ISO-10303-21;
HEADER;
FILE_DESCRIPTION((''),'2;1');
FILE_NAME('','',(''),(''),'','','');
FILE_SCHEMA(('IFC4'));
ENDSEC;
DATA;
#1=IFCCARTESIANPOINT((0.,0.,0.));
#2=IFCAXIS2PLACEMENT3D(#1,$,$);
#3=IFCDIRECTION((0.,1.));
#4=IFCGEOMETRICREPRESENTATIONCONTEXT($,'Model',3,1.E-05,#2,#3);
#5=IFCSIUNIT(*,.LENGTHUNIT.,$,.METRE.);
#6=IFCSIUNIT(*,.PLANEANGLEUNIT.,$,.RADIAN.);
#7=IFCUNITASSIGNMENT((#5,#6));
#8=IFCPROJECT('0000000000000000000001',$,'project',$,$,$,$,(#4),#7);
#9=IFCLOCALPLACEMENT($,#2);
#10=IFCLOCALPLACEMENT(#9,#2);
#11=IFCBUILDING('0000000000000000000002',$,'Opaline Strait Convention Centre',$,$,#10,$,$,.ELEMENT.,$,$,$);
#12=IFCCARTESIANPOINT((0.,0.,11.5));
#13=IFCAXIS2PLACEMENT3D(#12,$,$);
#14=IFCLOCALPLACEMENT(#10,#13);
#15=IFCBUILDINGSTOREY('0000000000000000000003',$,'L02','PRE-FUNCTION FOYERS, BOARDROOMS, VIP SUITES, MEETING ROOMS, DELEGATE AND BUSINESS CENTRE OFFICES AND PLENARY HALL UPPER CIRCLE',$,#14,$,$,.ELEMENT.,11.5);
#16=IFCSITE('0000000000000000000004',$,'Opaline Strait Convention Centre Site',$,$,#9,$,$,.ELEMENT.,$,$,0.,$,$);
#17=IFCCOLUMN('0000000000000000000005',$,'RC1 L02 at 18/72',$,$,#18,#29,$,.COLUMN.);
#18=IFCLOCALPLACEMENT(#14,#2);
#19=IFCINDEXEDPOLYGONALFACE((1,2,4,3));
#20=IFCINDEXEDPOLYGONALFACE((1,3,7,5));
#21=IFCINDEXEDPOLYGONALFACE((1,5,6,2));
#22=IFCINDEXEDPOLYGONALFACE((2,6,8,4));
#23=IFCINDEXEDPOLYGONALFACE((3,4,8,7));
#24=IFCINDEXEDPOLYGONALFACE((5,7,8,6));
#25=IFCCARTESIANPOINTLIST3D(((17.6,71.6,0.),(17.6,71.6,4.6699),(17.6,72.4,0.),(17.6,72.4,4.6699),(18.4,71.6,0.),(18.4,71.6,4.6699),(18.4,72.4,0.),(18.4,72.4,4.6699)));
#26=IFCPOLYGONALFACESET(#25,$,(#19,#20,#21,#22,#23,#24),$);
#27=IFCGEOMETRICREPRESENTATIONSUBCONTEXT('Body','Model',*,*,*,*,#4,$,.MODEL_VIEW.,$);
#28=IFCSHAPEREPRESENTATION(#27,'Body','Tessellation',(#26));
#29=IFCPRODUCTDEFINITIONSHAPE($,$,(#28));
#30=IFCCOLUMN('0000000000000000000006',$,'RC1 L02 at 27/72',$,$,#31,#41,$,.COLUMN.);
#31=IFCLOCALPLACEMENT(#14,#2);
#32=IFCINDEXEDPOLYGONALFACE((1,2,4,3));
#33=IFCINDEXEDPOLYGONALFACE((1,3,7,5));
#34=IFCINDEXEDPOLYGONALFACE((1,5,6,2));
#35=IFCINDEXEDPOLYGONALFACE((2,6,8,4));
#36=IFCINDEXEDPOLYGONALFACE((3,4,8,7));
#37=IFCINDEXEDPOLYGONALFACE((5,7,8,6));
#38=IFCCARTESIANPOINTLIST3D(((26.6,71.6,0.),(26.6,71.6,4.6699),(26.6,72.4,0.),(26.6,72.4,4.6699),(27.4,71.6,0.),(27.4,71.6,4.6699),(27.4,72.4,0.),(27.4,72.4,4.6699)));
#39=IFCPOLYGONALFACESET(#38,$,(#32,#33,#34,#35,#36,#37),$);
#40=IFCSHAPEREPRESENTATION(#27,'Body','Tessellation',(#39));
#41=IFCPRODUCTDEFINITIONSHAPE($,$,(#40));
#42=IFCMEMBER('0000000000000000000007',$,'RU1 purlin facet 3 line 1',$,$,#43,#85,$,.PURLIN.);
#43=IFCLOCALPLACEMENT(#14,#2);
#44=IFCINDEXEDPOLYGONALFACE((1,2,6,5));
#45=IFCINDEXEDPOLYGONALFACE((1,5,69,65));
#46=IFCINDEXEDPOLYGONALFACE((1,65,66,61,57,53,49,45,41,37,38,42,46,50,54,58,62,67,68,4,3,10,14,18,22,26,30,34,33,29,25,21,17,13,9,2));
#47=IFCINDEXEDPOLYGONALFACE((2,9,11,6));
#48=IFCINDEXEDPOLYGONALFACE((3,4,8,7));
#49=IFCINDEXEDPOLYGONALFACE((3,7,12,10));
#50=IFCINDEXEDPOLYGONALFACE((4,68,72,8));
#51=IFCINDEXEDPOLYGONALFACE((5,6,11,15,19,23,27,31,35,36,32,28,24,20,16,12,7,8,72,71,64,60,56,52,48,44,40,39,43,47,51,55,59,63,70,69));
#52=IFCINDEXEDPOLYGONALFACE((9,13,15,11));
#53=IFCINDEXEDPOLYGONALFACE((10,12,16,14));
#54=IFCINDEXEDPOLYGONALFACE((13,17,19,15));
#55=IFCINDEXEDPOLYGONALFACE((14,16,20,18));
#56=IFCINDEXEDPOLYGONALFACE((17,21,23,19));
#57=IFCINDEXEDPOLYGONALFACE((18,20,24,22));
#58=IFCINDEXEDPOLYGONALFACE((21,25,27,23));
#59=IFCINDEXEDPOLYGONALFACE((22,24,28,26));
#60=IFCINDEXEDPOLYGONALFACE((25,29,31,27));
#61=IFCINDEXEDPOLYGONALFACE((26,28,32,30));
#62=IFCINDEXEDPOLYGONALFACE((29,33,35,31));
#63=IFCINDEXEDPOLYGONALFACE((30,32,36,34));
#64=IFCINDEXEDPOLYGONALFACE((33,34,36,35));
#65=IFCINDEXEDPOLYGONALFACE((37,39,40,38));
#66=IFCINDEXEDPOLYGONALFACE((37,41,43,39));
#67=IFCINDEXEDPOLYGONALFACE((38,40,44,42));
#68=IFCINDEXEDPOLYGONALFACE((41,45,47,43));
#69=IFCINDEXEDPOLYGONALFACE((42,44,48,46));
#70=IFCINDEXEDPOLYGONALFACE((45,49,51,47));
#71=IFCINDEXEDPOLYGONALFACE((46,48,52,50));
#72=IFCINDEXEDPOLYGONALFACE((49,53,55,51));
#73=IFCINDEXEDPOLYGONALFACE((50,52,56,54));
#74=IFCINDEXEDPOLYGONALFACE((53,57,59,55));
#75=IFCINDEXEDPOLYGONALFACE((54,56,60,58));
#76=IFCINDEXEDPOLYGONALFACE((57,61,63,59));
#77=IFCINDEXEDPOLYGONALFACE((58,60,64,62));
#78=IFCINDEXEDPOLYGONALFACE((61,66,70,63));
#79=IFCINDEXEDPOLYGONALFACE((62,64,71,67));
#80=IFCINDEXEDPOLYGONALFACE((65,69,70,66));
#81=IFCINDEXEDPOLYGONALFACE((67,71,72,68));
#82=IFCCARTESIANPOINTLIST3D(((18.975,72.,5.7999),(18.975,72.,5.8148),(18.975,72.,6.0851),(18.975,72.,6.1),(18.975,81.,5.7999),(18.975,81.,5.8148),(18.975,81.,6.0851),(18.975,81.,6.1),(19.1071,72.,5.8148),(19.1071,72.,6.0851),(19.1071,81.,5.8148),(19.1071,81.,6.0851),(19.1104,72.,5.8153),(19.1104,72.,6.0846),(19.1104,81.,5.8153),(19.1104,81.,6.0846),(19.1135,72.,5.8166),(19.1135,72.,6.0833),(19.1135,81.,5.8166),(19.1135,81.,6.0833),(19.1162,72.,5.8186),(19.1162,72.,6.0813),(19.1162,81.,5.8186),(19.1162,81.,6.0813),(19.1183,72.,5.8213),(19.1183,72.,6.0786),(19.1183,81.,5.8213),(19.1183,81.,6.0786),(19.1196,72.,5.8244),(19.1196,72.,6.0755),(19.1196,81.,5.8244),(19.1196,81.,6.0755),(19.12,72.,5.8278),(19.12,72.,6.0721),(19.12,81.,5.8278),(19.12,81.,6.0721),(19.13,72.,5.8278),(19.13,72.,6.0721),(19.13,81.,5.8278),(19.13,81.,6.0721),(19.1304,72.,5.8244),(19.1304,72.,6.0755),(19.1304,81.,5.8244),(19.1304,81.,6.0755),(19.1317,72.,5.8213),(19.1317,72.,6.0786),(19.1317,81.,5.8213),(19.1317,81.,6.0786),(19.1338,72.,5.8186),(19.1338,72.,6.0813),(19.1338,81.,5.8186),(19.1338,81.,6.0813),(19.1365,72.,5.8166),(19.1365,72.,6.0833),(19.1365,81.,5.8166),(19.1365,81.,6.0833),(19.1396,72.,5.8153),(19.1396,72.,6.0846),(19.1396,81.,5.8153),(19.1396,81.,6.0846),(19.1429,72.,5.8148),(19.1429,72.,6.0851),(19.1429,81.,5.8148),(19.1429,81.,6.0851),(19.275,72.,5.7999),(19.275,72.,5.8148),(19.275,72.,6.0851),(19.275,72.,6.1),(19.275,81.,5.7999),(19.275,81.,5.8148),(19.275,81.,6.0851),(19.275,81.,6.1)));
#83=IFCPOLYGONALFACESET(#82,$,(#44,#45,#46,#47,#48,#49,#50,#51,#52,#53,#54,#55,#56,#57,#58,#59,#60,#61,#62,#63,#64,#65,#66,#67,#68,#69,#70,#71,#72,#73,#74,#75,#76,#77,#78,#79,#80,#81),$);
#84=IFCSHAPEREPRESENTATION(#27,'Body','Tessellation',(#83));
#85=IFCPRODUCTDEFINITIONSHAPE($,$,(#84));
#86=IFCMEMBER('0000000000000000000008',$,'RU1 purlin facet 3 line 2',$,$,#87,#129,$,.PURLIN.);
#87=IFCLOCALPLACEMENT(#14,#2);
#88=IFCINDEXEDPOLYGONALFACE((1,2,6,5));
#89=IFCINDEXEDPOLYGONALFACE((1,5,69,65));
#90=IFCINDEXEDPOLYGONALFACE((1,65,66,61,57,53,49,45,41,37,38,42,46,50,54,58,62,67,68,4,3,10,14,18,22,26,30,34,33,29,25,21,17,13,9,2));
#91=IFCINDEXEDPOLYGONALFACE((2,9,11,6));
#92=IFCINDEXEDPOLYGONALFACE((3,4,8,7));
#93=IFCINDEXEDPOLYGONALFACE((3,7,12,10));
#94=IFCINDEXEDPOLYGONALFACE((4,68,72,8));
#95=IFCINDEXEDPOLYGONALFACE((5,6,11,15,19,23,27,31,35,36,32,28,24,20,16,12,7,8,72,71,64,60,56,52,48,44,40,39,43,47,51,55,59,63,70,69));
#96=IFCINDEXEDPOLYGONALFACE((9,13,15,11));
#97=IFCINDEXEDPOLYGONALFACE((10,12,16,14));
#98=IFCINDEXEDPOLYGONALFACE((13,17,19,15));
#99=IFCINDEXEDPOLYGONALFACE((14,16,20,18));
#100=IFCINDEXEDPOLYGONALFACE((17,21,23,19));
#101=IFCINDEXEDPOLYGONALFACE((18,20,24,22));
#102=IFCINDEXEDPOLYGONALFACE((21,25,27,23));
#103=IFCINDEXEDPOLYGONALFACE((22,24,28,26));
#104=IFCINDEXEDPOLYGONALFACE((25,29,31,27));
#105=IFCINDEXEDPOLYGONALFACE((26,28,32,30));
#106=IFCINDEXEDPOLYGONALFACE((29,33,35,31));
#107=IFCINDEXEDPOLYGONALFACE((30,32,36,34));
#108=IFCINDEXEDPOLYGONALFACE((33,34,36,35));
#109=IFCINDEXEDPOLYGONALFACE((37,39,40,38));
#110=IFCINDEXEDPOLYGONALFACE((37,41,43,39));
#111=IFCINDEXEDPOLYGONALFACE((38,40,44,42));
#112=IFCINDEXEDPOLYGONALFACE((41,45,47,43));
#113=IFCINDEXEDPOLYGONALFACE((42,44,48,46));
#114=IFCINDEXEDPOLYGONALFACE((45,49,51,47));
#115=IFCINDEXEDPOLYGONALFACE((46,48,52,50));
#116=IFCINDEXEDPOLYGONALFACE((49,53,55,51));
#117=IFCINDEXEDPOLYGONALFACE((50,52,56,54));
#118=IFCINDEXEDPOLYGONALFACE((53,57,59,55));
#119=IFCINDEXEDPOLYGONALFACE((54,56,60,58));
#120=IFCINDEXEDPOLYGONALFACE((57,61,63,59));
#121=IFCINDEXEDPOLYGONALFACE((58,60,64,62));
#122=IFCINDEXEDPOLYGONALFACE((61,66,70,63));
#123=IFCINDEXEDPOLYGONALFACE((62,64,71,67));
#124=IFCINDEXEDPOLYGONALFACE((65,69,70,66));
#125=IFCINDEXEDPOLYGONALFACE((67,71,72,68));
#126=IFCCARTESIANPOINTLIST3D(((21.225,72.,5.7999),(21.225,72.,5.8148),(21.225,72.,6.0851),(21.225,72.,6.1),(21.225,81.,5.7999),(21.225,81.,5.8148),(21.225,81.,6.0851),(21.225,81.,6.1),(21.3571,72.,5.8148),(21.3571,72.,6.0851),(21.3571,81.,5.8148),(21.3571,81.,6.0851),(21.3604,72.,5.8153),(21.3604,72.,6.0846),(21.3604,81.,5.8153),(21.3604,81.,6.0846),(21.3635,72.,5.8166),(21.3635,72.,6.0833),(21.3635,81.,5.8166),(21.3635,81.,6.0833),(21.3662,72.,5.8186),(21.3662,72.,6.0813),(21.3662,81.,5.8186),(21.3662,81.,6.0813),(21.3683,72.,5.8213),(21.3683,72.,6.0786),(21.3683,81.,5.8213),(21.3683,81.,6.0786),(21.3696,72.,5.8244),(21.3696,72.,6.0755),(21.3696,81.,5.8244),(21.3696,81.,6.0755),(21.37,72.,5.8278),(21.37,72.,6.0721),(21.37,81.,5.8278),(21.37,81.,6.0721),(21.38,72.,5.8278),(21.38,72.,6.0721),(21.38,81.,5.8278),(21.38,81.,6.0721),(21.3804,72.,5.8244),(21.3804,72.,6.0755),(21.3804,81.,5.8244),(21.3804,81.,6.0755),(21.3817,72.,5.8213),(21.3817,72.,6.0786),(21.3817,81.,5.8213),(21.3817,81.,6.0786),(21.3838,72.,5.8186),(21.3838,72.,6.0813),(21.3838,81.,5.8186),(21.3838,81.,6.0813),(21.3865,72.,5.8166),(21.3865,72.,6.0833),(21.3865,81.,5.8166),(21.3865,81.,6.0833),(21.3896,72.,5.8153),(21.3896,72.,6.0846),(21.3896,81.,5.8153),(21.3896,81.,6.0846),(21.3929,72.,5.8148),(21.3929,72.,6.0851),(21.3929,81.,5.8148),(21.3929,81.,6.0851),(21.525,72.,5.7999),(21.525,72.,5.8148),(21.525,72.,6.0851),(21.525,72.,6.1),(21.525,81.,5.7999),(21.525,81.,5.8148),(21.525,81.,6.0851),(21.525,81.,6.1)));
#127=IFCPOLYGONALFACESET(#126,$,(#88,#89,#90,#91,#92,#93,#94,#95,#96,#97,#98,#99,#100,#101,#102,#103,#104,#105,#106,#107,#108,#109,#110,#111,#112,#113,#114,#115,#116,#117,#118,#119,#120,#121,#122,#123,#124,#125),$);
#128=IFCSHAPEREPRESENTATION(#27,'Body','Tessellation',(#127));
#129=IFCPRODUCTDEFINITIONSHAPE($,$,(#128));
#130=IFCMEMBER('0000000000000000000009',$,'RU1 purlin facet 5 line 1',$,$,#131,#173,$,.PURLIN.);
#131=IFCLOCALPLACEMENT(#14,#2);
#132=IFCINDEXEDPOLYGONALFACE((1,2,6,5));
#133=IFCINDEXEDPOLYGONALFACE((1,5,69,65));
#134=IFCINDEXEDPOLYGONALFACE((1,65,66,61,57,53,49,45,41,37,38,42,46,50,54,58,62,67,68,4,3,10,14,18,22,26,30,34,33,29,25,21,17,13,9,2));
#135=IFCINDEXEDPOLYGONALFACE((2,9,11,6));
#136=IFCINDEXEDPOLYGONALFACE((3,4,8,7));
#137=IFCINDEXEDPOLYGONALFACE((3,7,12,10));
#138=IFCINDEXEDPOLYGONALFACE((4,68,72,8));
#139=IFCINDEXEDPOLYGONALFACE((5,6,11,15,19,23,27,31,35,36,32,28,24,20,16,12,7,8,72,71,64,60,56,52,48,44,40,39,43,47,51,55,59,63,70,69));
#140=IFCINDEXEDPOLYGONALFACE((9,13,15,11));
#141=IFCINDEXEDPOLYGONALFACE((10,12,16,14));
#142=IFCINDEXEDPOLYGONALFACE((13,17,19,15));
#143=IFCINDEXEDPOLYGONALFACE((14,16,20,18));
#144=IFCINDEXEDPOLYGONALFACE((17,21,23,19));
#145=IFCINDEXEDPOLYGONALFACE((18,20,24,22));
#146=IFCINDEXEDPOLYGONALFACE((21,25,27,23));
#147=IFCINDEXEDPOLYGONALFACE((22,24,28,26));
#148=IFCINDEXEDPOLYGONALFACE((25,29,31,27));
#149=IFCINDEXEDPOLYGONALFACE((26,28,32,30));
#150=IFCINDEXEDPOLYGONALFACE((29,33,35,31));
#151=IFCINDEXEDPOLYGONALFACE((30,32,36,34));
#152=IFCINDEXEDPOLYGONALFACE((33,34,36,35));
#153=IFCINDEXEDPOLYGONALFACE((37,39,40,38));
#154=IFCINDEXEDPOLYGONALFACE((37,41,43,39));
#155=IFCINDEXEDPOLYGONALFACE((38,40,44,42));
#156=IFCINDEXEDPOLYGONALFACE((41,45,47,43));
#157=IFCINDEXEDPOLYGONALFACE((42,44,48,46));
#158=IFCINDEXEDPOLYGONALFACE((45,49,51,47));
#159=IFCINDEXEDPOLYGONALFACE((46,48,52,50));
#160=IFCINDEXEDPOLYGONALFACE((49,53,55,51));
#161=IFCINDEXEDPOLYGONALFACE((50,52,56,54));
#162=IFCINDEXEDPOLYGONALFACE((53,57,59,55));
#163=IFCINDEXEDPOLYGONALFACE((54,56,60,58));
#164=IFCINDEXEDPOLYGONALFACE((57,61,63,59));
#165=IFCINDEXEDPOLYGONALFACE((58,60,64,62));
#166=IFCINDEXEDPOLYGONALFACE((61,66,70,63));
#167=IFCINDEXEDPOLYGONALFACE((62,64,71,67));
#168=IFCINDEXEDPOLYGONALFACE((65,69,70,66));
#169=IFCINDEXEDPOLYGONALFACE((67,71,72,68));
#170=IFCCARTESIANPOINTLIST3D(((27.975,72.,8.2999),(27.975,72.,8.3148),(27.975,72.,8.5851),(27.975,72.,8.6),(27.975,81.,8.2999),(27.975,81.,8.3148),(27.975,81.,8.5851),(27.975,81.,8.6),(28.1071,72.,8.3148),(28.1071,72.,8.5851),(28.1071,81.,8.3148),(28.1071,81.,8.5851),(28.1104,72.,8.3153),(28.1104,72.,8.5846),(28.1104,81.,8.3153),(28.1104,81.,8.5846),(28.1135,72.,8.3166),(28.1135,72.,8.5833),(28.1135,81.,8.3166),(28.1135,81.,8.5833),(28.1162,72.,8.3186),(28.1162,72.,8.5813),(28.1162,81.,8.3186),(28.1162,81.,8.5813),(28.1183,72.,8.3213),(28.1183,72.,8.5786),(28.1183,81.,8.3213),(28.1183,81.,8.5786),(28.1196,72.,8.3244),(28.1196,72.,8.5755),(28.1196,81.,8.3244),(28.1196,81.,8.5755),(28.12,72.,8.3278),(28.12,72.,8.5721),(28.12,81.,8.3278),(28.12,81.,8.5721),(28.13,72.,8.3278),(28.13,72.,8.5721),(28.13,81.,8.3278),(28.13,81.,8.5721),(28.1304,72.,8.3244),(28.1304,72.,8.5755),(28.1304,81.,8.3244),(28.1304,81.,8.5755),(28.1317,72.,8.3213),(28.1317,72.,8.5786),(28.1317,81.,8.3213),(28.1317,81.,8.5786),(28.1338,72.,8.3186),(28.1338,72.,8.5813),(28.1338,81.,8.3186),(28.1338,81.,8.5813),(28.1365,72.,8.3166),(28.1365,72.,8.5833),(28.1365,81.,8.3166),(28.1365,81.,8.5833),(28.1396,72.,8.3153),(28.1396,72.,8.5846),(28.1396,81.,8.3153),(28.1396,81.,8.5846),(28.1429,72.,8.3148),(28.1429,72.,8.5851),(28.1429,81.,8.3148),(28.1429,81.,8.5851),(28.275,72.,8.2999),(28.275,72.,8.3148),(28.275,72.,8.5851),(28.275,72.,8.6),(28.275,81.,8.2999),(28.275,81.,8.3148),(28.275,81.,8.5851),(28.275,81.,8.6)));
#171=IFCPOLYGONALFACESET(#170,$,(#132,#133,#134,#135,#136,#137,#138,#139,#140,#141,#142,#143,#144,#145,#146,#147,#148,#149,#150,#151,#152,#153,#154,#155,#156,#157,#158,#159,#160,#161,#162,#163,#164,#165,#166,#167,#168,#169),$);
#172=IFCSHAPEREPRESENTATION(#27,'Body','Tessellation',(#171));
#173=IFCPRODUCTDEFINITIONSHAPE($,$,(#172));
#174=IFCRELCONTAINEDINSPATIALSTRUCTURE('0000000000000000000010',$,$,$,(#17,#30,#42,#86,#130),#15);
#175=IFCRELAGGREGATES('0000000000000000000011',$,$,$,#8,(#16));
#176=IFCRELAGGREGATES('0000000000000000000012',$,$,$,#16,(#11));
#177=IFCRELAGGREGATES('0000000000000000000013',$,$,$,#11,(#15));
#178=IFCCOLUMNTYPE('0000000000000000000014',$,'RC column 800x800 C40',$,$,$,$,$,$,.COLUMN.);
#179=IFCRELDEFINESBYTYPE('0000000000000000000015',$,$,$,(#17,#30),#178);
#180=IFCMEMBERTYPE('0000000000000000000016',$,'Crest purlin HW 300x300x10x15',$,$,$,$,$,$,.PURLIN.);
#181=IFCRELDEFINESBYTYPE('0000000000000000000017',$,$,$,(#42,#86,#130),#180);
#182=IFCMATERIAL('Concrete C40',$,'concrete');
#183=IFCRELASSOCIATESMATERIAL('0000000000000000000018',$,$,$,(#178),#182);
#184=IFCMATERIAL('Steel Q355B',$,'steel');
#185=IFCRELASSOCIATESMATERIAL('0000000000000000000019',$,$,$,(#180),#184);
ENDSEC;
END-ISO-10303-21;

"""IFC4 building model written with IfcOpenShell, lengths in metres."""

from ifc_helpers import new_model, si_unit, direction, frame, origin, origin_2d, place, context, subcontext, project, spatial, rectangle, i_section, extrude, material, material_profile, profile_set, type_object, element, save


model = new_model("IFC4")

# Units and contexts
model_context = context("Model", 3, precision=1e-05, world=origin(), true_north=direction((0.0, 1.0)))
body_context = subcontext(model_context, "Body", "Model", "MODEL_VIEW")
ifc_project = project(units=[si_unit("LENGTHUNIT", "METRE"), si_unit("PLANEANGLEUNIT", "RADIAN")], contexts=[model_context])

# Site, building, storey
site_placement = place(None, origin())
site = spatial("IfcSite", under=ifc_project, at=site_placement, Name="Opaline Strait Convention Centre Site", CompositionType="ELEMENT", RefElevation=0.0)
building_placement = place(site_placement, origin())
building = spatial("IfcBuilding", under=site, at=building_placement, Name="Opaline Strait Convention Centre", CompositionType="ELEMENT")
storey_placement = place(building_placement, frame((0.0, 0.0, 11.5)))
storey = spatial("IfcBuildingStorey", under=building, at=storey_placement, Name="L02", Description="PRE-FUNCTION FOYERS, BOARDROOMS, VIP SUITES, MEETING ROOMS, DELEGATE AND BUSINESS CENTRE OFFICES AND PLENARY HALL UPPER CIRCLE", CompositionType="ELEMENT", Elevation=11.5)

# Columns
ifc_material_1 = material(Name="Concrete C40", Category="concrete")
ifc_material_profile_1 = material_profile(ifc_material_1, rectangle(XDim=0.8, YDim=0.8, at=origin_2d()), Name="RC 800x800")
ifc_profile_set_1 = profile_set([ifc_material_profile_1], Name="Concrete C40")
column_type = type_object("IfcColumnType", Name="RC column 800x800 C40", PredefinedType="COLUMN", material=ifc_profile_set_1)
for number, where, z_axis, x_axis, name in (
    (1, (18.0, 72.0, 0.0), (0.0, 0.0, 1.0), (1.0, 0.0, 0.0), "RC1 L02 at 18/72"),
    (2, (27.0, 72.0, 0.0), (0.0, 0.0, 1.0), (1.0, 0.0, 0.0), "RC1 L02 at 27/72"),
):
    element("IfcColumn", number, at=place(storey_placement, frame(where, z_axis=z_axis, x_axis=x_axis)), inside=storey, type_object=column_type, Name=name, PredefinedType="COLUMN", context=body_context, shape_type="SweptSolid", body=[
        extrude(rectangle(XDim=0.8, YDim=0.8, at=origin_2d()), origin(), (0.0, 0.0, 1.0), 4.6699),
    ])

# Members
ifc_material_2 = material(Name="Steel Q355B", Category="steel")
ifc_material_profile_2 = material_profile(ifc_material_2, i_section(OverallWidth=0.3, OverallDepth=0.3, WebThickness=0.01, FlangeThickness=0.0149, FilletRadius=0.0129, at=origin_2d()), Name="HW 300x300x10x15")
ifc_profile_set_2 = profile_set([ifc_material_profile_2], Name="Steel Q355B")
member_type_1 = type_object("IfcMemberType", Name="Crest purlin HW 300x300x10x15", PredefinedType="PURLIN", material=ifc_profile_set_2)
for number, where, z_axis, x_axis, name in (
    (3, (19.125, 72.0, 5.95), (0.0, 1.0, 0.0), (-1.0, 0.0, 0.0), "RU1 purlin facet 3 line 1"),
    (4, (21.375, 72.0, 5.95), (0.0, 1.0, 0.0), (-1.0, 0.0, 0.0), "RU1 purlin facet 3 line 2"),
    (5, (28.125, 72.0, 8.45), (0.0, 1.0, 0.0), (-1.0, 0.0, 0.0), "RU1 purlin facet 5 line 1"),
):
    element("IfcMember", number, at=place(storey_placement, frame(where, z_axis=z_axis, x_axis=x_axis)), inside=storey, type_object=member_type_1, Name=name, PredefinedType="PURLIN", context=body_context, shape_type="SweptSolid", body=[
        extrude(i_section(OverallWidth=0.3, OverallDepth=0.3, WebThickness=0.01, FlangeThickness=0.0149, FilletRadius=0.0129, at=origin_2d()), origin(), (0.0, 0.0, 1.0), 9.0),
    ])

save(model, "model.ifc")
